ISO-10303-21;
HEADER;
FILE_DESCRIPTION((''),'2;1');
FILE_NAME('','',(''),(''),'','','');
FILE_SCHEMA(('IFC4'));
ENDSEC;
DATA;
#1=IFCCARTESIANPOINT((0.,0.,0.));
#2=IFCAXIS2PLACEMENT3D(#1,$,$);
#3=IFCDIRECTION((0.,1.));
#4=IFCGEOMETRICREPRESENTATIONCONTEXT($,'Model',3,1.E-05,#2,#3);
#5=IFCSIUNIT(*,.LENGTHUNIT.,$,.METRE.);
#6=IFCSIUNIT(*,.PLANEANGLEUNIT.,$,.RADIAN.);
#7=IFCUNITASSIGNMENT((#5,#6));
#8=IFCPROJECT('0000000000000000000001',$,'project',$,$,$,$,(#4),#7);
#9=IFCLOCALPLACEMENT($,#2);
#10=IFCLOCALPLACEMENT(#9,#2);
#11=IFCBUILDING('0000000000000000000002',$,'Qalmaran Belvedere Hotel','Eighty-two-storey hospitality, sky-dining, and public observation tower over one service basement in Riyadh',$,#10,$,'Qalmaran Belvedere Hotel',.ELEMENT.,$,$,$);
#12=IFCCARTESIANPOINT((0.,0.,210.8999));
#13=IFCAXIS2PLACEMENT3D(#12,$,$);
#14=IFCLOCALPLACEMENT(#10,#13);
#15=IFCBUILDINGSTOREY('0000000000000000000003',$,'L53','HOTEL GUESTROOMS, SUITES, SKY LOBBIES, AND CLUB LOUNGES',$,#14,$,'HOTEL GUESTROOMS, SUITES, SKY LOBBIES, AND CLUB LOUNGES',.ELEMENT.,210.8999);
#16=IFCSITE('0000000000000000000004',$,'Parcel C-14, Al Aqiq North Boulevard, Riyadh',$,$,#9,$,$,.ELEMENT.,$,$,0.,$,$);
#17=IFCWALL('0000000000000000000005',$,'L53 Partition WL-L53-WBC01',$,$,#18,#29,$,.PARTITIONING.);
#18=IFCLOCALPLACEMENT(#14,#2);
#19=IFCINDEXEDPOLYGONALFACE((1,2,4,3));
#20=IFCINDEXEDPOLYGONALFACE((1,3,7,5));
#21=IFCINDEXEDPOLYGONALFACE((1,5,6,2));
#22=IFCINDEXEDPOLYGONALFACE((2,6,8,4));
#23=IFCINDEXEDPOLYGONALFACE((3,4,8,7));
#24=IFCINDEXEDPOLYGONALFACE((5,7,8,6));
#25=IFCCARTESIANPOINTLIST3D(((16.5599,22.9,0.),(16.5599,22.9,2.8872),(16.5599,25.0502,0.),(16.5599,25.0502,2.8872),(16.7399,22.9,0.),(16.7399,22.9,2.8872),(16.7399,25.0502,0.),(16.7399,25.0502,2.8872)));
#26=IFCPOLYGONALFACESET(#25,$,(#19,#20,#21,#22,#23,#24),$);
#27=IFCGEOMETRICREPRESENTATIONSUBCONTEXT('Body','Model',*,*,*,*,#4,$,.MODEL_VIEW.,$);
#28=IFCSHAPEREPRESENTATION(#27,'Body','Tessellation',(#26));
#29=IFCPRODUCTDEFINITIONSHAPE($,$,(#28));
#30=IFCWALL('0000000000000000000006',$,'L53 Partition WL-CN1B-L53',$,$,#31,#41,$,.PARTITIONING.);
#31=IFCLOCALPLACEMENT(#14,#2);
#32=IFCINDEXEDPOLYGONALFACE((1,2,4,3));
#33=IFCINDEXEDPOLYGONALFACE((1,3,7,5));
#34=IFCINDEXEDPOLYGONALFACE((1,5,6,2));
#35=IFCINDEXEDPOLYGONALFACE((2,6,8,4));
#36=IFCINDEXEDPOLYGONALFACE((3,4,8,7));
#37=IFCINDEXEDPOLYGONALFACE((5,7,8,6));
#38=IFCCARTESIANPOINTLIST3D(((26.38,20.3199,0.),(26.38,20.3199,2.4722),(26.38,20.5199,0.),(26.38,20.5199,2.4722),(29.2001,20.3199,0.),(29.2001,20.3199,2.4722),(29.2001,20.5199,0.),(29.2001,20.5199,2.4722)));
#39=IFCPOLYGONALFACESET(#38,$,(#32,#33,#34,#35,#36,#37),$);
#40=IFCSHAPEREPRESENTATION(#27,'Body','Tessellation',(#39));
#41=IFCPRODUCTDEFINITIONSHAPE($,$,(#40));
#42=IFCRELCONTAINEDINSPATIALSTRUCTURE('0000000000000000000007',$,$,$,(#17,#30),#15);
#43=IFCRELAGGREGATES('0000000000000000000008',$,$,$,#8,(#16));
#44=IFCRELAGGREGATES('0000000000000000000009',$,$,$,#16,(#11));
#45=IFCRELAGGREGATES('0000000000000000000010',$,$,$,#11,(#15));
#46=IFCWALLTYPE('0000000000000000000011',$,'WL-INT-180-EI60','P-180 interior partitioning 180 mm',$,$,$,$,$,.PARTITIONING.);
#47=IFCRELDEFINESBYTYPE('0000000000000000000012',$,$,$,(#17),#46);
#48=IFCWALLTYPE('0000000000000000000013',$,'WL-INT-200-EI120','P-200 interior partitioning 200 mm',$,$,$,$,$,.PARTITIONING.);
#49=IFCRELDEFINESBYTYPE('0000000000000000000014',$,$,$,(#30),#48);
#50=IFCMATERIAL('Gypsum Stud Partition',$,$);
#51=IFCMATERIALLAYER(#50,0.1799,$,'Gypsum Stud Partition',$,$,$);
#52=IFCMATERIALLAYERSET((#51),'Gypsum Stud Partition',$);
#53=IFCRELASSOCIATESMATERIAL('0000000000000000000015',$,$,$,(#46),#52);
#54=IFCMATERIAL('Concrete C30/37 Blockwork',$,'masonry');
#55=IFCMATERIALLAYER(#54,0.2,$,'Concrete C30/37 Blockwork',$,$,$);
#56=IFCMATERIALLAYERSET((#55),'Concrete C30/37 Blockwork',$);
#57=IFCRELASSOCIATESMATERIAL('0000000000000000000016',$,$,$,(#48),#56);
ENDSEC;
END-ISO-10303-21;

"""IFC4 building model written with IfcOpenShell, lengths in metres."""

from ifc_helpers import new_model, si_unit, direction, frame, frame_2d, origin, place, context, subcontext, project, spatial, rectangle, extrude, material, layer, layer_set, type_object, element, save


model = new_model("IFC4")

# Units and contexts
model_context = context("Model", 3, precision=1e-05, world=origin(), true_north=direction((0.0, 1.0)))
body_context = subcontext(model_context, "Body", "Model", "MODEL_VIEW")
ifc_project = project(units=[si_unit("LENGTHUNIT", "METRE"), si_unit("PLANEANGLEUNIT", "RADIAN")], contexts=[model_context])

# Site, building, storey
site_placement = place(None, origin())
site = spatial("IfcSite", under=ifc_project, at=site_placement, Name="Parcel C-14, Al Aqiq North Boulevard, Riyadh", CompositionType="ELEMENT", RefElevation=0.0)
building_placement = place(site_placement, origin())
building = spatial("IfcBuilding", under=site, at=building_placement, Name="Qalmaran Belvedere Hotel", Description="Eighty-two-storey hospitality, sky-dining, and public observation tower over one service basement in Riyadh", LongName="Qalmaran Belvedere Hotel", CompositionType="ELEMENT")
storey_placement = place(building_placement, frame((0.0, 0.0, 210.8999)))
storey = spatial("IfcBuildingStorey", under=building, at=storey_placement, Name="L53", Description="HOTEL GUESTROOMS, SUITES, SKY LOBBIES, AND CLUB LOUNGES", LongName="HOTEL GUESTROOMS, SUITES, SKY LOBBIES, AND CLUB LOUNGES", CompositionType="ELEMENT", Elevation=210.8999)

# Shared definitions
ifc_material_1 = material(Name="Gypsum Stud Partition")

# Shared definitions
ifc_layer_1 = layer(ifc_material_1, 0.1799, Name="Gypsum Stud Partition")
ifc_layer_set_1 = layer_set([ifc_layer_1], Name="Gypsum Stud Partition")
wall_type_1 = type_object("IfcWallType", Name="WL-INT-180-EI60", Description="P-180 interior partitioning 180 mm", PredefinedType="PARTITIONING", material=ifc_layer_set_1)

# Wall
wall_1_placement = place(storey_placement, frame((16.6499, 22.8999, 0.0), z_axis=(0.0, 0.0, 1.0), x_axis=(0.0, 1.0, 0.0)))
element("IfcWall", 1, at=wall_1_placement, inside=storey, type_object=wall_type_1, Name="L53 Partition WL-L53-WBC01", PredefinedType="PARTITIONING", context=body_context, shape_type="SweptSolid", body=[
    extrude(rectangle(XDim=2.1501, YDim=0.1799, at=frame_2d((1.0752, 0.0))), origin(), (0.0, 0.0, 1.0), 2.8872),
])

# Shared definitions
ifc_material_2 = material(Name="Concrete C30/37 Blockwork", Category="masonry")
ifc_layer_2 = layer(ifc_material_2, 0.2, Name="Concrete C30/37 Blockwork")
ifc_layer_set_2 = layer_set([ifc_layer_2], Name="Concrete C30/37 Blockwork")
wall_type_2 = type_object("IfcWallType", Name="WL-INT-200-EI120", Description="P-200 interior partitioning 200 mm", PredefinedType="PARTITIONING", material=ifc_layer_set_2)

# Wall
wall_2_placement = place(storey_placement, frame((26.3799, 20.4199, 0.0), z_axis=(0.0, 0.0, 1.0), x_axis=(1.0, 0.0, 0.0)))
element("IfcWall", 2, at=wall_2_placement, inside=storey, type_object=wall_type_2, Name="L53 Partition WL-CN1B-L53", PredefinedType="PARTITIONING", context=body_context, shape_type="SweptSolid", body=[
    extrude(rectangle(XDim=2.8201, YDim=0.2, at=frame_2d((1.4102, 0.0))), origin(), (0.0, 0.0, 1.0), 2.4722),
])

save(model, "model.ifc")
